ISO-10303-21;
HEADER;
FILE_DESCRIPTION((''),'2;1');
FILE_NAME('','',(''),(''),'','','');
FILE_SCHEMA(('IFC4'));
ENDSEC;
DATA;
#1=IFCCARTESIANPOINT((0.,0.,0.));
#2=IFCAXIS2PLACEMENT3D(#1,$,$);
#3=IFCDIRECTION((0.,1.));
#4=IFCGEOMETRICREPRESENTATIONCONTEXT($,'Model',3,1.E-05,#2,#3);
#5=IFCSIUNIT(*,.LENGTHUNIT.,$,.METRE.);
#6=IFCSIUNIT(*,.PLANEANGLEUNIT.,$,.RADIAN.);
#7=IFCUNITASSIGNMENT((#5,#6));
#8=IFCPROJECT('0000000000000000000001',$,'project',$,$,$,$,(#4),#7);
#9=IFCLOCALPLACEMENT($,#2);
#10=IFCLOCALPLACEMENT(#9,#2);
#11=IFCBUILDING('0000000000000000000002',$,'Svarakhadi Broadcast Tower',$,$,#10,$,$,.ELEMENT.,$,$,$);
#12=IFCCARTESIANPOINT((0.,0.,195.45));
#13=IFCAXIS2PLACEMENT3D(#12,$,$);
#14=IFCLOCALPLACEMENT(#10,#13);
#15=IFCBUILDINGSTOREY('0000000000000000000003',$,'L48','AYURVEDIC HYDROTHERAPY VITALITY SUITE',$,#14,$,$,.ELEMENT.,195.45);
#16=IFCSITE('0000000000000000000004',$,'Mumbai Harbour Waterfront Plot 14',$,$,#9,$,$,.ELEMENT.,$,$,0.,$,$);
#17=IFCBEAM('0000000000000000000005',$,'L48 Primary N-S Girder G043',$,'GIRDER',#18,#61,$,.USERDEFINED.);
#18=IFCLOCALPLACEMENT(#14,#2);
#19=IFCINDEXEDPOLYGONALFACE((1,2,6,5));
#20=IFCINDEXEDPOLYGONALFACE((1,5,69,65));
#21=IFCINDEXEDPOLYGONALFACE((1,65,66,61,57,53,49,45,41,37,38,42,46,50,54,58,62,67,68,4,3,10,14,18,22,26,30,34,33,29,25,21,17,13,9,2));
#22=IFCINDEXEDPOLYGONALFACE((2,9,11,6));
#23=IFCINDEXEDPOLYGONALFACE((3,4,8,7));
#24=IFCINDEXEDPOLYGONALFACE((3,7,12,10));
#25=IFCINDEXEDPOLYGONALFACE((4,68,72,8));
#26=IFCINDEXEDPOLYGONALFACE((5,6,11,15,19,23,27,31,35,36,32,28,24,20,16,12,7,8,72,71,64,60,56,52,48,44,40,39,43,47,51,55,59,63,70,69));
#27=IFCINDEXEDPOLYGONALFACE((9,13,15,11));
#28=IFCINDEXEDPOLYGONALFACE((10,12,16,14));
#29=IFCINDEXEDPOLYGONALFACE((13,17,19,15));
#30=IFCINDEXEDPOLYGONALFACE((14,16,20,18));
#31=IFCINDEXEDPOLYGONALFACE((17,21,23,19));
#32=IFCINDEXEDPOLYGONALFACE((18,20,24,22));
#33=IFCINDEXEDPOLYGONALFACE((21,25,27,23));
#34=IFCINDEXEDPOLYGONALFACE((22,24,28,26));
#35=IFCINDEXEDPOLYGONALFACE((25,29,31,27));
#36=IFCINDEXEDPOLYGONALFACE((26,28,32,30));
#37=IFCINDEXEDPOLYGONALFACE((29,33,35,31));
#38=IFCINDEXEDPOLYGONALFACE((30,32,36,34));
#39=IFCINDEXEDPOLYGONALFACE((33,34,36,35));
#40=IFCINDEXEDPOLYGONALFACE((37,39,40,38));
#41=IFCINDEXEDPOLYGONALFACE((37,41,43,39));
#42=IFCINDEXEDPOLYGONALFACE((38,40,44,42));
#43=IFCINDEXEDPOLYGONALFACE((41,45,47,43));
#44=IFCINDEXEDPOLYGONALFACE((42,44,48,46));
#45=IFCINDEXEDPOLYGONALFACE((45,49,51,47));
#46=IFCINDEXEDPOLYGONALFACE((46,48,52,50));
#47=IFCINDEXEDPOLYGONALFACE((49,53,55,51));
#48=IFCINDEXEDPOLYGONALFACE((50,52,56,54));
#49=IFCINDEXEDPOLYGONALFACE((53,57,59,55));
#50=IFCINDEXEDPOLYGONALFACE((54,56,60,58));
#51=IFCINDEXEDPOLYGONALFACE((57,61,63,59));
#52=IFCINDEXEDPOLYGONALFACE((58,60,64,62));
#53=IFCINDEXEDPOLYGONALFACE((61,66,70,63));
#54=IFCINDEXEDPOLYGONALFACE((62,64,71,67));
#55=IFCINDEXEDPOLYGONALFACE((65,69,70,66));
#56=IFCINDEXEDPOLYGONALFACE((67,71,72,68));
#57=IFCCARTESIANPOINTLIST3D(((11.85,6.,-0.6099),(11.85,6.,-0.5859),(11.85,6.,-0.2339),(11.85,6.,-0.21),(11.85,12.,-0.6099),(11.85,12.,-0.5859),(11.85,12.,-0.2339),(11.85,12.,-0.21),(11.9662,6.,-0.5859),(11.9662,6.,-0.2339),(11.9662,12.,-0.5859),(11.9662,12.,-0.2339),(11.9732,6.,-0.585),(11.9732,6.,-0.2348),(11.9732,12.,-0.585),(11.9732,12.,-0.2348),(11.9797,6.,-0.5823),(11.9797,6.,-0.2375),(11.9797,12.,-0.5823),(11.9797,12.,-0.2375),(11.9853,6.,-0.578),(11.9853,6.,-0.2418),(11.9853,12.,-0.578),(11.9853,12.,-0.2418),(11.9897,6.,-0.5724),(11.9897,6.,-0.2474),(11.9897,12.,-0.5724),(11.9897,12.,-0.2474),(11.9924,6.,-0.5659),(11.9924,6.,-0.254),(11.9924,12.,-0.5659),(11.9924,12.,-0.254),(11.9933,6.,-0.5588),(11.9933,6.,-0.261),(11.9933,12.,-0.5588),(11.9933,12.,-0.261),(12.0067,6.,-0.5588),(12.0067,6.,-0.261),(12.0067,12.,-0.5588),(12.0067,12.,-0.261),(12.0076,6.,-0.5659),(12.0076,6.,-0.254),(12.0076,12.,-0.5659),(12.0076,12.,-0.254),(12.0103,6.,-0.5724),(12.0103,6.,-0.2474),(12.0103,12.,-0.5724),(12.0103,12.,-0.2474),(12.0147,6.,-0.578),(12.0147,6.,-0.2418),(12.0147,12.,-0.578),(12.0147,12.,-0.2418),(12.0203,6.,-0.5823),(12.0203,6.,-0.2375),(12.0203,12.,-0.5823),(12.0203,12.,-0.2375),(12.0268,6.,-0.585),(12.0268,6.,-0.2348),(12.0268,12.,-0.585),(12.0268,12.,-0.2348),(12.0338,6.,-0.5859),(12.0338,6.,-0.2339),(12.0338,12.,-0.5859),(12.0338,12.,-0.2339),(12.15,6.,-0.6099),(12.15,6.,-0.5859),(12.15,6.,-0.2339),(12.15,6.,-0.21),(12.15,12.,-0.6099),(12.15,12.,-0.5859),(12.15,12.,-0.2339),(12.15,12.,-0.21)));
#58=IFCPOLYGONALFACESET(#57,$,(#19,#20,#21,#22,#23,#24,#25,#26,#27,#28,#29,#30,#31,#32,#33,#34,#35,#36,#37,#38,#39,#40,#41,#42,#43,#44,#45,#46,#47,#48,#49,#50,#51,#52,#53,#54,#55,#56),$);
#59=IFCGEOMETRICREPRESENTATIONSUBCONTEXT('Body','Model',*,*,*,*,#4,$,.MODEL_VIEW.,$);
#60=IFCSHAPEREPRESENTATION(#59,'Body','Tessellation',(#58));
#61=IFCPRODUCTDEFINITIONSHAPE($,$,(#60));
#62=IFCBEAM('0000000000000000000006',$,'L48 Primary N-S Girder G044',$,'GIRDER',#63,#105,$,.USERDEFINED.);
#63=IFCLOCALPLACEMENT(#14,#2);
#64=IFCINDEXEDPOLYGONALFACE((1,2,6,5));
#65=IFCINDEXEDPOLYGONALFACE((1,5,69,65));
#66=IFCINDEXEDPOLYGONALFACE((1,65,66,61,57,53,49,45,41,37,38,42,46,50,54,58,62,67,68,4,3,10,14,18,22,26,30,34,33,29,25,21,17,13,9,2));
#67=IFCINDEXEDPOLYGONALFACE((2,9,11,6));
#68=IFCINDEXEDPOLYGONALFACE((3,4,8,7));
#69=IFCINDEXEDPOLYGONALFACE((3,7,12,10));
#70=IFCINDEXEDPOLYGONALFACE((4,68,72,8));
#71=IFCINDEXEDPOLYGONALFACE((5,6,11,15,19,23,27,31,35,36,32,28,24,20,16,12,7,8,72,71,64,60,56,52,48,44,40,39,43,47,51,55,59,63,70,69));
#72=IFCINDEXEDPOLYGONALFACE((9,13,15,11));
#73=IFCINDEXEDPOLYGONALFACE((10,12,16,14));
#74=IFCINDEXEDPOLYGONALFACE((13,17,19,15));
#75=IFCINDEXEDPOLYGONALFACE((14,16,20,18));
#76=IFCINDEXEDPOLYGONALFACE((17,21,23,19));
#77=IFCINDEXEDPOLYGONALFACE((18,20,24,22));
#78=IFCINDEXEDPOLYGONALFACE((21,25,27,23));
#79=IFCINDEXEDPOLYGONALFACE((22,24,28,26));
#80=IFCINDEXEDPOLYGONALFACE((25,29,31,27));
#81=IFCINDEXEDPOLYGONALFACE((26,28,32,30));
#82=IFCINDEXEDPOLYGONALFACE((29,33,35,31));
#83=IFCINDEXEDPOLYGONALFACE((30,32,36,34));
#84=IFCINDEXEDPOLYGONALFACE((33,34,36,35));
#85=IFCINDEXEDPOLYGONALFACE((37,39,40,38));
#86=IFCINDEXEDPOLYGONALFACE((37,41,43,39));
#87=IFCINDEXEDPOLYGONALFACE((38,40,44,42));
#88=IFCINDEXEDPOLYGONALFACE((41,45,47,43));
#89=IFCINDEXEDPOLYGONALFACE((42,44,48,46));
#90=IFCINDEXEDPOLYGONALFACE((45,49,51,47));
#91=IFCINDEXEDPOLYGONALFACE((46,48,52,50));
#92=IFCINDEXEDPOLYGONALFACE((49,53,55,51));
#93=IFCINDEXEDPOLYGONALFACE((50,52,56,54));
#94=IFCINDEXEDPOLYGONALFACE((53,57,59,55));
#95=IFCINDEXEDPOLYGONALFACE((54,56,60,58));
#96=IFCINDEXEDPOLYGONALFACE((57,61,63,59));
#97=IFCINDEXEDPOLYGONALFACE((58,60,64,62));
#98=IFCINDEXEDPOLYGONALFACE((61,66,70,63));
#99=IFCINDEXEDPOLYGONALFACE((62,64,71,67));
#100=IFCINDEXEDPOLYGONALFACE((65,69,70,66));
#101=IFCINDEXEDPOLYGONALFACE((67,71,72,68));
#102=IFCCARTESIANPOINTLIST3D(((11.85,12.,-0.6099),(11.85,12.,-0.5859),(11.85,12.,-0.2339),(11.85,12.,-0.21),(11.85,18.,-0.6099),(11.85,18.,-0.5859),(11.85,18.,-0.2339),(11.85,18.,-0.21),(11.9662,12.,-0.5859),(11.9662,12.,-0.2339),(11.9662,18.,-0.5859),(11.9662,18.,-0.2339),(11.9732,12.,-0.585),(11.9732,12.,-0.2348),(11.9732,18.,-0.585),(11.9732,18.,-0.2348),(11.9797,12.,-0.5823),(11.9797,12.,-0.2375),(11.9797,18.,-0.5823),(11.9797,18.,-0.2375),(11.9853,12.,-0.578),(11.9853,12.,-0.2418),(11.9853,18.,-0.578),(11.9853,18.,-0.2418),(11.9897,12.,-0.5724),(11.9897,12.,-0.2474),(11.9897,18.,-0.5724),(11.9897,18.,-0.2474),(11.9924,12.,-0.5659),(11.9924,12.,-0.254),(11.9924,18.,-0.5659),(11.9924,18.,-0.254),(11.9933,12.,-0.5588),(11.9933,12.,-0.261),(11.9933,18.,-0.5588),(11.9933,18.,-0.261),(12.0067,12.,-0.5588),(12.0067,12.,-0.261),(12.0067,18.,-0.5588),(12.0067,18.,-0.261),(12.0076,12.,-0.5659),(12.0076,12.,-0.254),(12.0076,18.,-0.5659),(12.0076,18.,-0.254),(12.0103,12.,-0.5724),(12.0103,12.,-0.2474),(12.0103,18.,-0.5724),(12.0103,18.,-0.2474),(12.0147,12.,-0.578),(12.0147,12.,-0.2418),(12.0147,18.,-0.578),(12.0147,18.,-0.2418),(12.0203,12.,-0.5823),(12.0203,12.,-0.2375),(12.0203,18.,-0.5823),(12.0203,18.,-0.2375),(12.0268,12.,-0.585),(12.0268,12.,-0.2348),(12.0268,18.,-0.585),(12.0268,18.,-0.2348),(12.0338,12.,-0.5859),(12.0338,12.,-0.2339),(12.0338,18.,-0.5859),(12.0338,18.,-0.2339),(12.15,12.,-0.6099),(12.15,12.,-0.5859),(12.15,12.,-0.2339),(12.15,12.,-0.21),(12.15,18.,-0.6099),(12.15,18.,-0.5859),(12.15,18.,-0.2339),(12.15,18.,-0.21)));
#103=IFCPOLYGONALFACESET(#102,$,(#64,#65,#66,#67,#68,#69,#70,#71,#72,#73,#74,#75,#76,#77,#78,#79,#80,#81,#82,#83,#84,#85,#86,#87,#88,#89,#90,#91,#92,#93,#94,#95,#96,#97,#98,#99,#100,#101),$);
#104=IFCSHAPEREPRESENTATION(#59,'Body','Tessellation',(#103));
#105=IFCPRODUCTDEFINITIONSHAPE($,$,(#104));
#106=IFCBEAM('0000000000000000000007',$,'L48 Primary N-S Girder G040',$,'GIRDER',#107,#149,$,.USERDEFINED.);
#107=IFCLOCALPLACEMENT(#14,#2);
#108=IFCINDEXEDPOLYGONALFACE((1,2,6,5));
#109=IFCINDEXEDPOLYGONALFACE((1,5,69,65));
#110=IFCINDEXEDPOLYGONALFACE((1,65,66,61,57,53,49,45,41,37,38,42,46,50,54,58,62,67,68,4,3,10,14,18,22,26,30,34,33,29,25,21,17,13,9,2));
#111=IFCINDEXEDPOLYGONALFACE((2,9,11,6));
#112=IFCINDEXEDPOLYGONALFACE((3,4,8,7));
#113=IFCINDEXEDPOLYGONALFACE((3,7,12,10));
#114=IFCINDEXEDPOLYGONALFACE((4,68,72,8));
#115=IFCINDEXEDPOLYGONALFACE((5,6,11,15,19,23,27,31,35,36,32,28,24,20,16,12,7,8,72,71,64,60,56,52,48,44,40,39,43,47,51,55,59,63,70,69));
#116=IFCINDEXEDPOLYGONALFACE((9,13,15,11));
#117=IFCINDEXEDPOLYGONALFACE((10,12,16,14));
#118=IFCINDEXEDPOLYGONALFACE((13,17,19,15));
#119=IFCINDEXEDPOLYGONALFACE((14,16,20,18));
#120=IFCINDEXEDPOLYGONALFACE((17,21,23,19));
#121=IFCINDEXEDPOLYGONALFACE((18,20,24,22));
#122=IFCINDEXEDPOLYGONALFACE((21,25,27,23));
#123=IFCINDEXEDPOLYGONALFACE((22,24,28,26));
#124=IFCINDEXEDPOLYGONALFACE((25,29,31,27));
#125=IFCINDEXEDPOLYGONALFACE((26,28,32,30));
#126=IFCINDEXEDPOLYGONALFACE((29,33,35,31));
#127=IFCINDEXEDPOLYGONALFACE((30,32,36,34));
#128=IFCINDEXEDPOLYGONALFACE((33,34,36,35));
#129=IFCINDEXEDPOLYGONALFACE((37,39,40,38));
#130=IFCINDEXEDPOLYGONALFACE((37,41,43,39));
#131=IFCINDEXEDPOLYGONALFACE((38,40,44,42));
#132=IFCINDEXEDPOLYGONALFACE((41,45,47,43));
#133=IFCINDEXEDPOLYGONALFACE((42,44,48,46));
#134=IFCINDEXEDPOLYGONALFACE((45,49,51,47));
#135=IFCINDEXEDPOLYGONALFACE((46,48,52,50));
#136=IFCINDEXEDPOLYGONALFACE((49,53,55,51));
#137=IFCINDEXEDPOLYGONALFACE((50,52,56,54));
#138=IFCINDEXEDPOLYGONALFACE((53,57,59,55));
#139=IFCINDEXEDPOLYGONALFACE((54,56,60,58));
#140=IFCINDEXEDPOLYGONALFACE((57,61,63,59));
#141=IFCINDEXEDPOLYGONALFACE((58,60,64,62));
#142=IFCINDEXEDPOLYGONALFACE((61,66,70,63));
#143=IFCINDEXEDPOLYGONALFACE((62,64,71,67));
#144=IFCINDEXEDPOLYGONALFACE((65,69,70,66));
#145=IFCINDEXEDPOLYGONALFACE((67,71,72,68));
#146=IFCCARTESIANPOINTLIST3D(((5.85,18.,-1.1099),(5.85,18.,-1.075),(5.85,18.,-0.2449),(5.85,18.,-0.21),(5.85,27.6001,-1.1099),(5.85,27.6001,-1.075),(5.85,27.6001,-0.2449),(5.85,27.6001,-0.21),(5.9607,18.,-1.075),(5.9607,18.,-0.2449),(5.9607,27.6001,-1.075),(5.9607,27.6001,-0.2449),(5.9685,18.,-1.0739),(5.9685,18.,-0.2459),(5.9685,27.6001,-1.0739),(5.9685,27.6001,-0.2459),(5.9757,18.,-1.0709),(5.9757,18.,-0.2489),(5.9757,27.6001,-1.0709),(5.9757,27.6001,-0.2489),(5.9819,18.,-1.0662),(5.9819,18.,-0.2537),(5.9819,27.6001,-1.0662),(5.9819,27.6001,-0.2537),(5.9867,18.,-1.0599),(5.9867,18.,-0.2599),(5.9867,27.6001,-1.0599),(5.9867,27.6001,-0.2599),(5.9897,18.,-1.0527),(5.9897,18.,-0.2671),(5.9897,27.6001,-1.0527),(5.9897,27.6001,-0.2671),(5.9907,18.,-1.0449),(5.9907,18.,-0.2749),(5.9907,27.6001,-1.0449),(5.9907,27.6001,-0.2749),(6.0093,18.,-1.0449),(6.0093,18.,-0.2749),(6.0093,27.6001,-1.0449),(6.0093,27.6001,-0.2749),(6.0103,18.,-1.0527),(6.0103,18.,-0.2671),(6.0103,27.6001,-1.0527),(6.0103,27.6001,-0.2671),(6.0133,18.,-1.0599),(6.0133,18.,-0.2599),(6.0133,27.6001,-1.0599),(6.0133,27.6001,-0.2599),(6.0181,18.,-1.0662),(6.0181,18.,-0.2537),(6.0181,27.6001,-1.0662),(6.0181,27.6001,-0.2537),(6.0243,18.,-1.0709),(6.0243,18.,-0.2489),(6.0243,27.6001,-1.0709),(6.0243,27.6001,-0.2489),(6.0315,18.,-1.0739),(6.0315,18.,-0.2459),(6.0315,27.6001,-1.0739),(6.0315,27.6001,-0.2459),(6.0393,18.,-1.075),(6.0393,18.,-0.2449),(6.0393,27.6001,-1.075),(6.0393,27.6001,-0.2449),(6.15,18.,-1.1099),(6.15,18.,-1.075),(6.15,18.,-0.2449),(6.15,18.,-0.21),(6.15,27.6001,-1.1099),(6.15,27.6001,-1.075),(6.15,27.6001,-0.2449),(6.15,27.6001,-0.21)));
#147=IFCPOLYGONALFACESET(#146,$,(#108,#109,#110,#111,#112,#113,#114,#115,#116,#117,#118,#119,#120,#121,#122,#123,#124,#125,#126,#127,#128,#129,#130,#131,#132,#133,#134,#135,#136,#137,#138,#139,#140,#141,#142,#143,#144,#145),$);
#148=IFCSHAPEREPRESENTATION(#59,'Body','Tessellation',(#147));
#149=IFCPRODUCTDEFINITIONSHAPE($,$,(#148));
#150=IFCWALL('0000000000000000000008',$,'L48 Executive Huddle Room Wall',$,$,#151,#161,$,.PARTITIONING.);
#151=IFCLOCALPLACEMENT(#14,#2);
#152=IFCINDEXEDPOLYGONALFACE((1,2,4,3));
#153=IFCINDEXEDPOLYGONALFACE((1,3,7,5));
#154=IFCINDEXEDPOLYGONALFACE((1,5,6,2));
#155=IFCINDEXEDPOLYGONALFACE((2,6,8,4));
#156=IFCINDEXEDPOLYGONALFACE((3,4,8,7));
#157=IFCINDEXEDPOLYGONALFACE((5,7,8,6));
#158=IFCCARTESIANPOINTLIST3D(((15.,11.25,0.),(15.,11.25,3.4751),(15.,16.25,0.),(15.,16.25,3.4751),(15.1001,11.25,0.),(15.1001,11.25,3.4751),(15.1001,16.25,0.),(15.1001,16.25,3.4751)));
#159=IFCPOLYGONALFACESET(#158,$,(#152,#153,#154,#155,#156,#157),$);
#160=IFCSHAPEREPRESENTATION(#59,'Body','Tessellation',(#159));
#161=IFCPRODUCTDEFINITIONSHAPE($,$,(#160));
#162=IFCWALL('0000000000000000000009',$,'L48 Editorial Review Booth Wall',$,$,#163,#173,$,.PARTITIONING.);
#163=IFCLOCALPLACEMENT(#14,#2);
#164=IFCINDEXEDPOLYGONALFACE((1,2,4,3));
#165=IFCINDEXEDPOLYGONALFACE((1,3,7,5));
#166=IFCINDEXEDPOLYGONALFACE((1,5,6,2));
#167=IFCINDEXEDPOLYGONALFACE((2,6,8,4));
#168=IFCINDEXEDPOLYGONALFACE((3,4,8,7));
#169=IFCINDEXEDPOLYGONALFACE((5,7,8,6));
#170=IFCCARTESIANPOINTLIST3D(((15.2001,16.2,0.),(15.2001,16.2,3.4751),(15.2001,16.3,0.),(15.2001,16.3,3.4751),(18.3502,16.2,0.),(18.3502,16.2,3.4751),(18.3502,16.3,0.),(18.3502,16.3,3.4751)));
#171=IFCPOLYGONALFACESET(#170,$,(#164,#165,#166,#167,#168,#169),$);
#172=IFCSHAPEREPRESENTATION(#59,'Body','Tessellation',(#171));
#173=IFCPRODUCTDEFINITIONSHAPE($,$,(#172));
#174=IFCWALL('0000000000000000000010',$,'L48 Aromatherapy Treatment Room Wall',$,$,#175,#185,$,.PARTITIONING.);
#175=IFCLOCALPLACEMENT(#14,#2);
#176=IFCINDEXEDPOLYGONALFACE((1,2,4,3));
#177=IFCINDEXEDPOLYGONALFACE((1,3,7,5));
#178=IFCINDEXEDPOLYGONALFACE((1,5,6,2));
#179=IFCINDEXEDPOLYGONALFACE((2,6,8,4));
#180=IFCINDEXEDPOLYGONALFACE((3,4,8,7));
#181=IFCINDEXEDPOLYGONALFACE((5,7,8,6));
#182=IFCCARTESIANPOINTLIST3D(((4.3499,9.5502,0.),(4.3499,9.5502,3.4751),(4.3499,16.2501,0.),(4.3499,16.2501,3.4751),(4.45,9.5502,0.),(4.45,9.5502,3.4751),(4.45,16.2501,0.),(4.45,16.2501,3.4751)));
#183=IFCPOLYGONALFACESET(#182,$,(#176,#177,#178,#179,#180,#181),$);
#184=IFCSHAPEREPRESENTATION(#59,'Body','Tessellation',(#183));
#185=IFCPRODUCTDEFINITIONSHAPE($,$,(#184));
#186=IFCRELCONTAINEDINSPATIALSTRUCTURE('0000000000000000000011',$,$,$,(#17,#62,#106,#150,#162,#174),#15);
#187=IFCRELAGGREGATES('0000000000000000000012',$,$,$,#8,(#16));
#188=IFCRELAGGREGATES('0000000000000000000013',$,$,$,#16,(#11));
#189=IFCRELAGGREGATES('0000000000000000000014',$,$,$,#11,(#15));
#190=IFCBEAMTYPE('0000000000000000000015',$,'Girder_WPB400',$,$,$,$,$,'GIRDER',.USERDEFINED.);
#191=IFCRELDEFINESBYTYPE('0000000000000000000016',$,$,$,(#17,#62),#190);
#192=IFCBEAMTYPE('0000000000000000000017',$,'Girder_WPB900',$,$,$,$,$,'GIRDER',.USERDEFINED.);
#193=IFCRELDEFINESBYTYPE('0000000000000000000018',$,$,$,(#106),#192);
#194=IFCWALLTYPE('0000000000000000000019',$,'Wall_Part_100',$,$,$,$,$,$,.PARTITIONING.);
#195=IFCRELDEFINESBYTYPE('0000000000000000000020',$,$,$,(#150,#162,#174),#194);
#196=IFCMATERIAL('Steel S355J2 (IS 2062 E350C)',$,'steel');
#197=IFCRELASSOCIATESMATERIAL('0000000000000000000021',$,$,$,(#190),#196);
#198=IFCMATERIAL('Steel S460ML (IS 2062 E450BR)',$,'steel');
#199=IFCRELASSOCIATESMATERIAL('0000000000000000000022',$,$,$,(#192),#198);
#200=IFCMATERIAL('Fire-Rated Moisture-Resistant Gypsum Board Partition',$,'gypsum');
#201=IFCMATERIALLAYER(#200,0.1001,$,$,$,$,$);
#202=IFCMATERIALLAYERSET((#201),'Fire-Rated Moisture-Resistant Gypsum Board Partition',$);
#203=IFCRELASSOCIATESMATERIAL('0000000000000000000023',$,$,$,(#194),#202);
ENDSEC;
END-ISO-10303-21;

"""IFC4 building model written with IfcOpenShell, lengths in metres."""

from ifc_helpers import new_model, si_unit, direction, frame, frame_2d, origin, origin_2d, place, context, subcontext, project, spatial, rectangle, i_section, extrude, material, layer, layer_set, material_profile, profile_set, type_object, element, save


model = new_model("IFC4")

# Units and contexts
model_context = context("Model", 3, precision=1e-05, world=origin(), true_north=direction((0.0, 1.0)))
body_context = subcontext(model_context, "Body", "Model", "MODEL_VIEW")
ifc_project = project(units=[si_unit("LENGTHUNIT", "METRE"), si_unit("PLANEANGLEUNIT", "RADIAN")], contexts=[model_context])

# Site, building, storey
site_placement = place(None, origin())
site = spatial("IfcSite", under=ifc_project, at=site_placement, Name="Mumbai Harbour Waterfront Plot 14", CompositionType="ELEMENT", RefElevation=0.0)
building_placement = place(site_placement, origin())
building = spatial("IfcBuilding", under=site, at=building_placement, Name="Svarakhadi Broadcast Tower", CompositionType="ELEMENT")
storey_placement = place(building_placement, frame((0.0, 0.0, 195.45)))
storey = spatial("IfcBuildingStorey", under=building, at=storey_placement, Name="L48", Description="AYURVEDIC HYDROTHERAPY VITALITY SUITE", CompositionType="ELEMENT", Elevation=195.45)

# Shared definitions
ifc_material_1 = material(Name="Steel S460ML (IS 2062 E450BR)", Category="steel")

# Beams
ifc_material_2 = material(Name="Steel S355J2 (IS 2062 E350C)", Category="steel")
ifc_material_profile_1 = material_profile(ifc_material_2, i_section(OverallWidth=0.3, OverallDepth=0.3999, WebThickness=0.0134, FlangeThickness=0.0239, FilletRadius=0.0271, at=origin_2d()), Name="WPB 400x300x155")
ifc_profile_set_1 = profile_set([ifc_material_profile_1], Name="Steel S355J2 (IS 2062 E350C)")
beam_type_1 = type_object("IfcBeamType", Name="Girder_WPB400", ElementType="GIRDER", PredefinedType="USERDEFINED", material=ifc_profile_set_1)
for number, where, z_axis, x_axis, name in (
    (1, (12.0, 6.0, -0.4099), (0.0, 1.0, 0.0), (-1.0, 0.0, 0.0), "L48 Primary N-S Girder G043"),
    (2, (12.0, 12.0, -0.4099), (0.0, 1.0, 0.0), (-1.0, 0.0, 0.0), "L48 Primary N-S Girder G044"),
):
    element("IfcBeam", number, at=place(storey_placement, frame(where, z_axis=z_axis, x_axis=x_axis)), inside=storey, type_object=beam_type_1, Name=name, ObjectType="GIRDER", PredefinedType="USERDEFINED", context=body_context, shape_type="SweptSolid", body=[
        extrude(i_section(OverallWidth=0.3, OverallDepth=0.3999, WebThickness=0.0134, FlangeThickness=0.0239, FilletRadius=0.0271, at=origin_2d()), origin(), (0.0, 0.0, 1.0), 6.0),
    ])
ifc_material_profile_2 = material_profile(ifc_material_1, i_section(OverallWidth=0.3, OverallDepth=0.8999, WebThickness=0.0186, FlangeThickness=0.0349, FilletRadius=0.03, at=origin_2d()), Name="WPB 900x300x291")
ifc_profile_set_2 = profile_set([ifc_material_profile_2], Name="Steel S460ML (IS 2062 E450BR)")
beam_type_2 = type_object("IfcBeamType", Name="Girder_WPB900", ElementType="GIRDER", PredefinedType="USERDEFINED", material=ifc_profile_set_2)
beam_placement = place(storey_placement, frame((6.0, 18.0, -0.6599), z_axis=(0.0, 1.0, 0.0), x_axis=(-1.0, 0.0, 0.0)))
element("IfcBeam", 3, at=beam_placement, inside=storey, type_object=beam_type_2, Name="L48 Primary N-S Girder G040", ObjectType="GIRDER", PredefinedType="USERDEFINED", context=body_context, shape_type="SweptSolid", body=[
    extrude(i_section(OverallWidth=0.3, OverallDepth=0.8999, WebThickness=0.0186, FlangeThickness=0.0349, FilletRadius=0.03, at=origin_2d()), origin(), (0.0, 0.0, 1.0), 9.6001),
])

# Walls
ifc_material_3 = material(Name="Fire-Rated Moisture-Resistant Gypsum Board Partition", Category="gypsum")
ifc_layer_1 = layer(ifc_material_3, 0.1001)
ifc_layer_set_1 = layer_set([ifc_layer_1], Name="Fire-Rated Moisture-Resistant Gypsum Board Partition")
wall_type_1 = type_object("IfcWallType", Name="Wall_Part_100", PredefinedType="PARTITIONING", material=ifc_layer_set_1)
wall_1_placement = place(storey_placement, frame((15.05, 11.25, 0.0), z_axis=(0.0, 0.0, 1.0), x_axis=(0.0, 1.0, 0.0)))
element("IfcWall", 4, at=wall_1_placement, inside=storey, type_object=wall_type_1, Name="L48 Executive Huddle Room Wall", PredefinedType="PARTITIONING", context=body_context, shape_type="SweptSolid", body=[
    extrude(rectangle(XDim=5.0, YDim=0.1001, at=frame_2d((2.5, 0.0))), origin(), (0.0, 0.0, 1.0), 3.4751),
])
wall_2_placement = place(storey_placement, frame((15.2, 16.25, 0.0), z_axis=(0.0, 0.0, 1.0), x_axis=(1.0, 0.0, 0.0)))
element("IfcWall", 5, at=wall_2_placement, inside=storey, type_object=wall_type_1, Name="L48 Editorial Review Booth Wall", PredefinedType="PARTITIONING", context=body_context, shape_type="SweptSolid", body=[
    extrude(rectangle(XDim=3.1501, YDim=0.1001, at=frame_2d((1.5752, 0.0))), origin(), (0.0, 0.0, 1.0), 3.4751),
])
wall_3_placement = place(storey_placement, frame((4.3999, 9.55, 0.0), z_axis=(0.0, 0.0, 1.0), x_axis=(0.0, 1.0, 0.0)))
element("IfcWall", 6, at=wall_3_placement, inside=storey, type_object=wall_type_1, Name="L48 Aromatherapy Treatment Room Wall", PredefinedType="PARTITIONING", context=body_context, shape_type="SweptSolid", body=[
    extrude(rectangle(XDim=6.7, YDim=0.1001, at=frame_2d((3.3501, 0.0))), origin(), (0.0, 0.0, 1.0), 3.4751),
])

save(model, "model.ifc")
